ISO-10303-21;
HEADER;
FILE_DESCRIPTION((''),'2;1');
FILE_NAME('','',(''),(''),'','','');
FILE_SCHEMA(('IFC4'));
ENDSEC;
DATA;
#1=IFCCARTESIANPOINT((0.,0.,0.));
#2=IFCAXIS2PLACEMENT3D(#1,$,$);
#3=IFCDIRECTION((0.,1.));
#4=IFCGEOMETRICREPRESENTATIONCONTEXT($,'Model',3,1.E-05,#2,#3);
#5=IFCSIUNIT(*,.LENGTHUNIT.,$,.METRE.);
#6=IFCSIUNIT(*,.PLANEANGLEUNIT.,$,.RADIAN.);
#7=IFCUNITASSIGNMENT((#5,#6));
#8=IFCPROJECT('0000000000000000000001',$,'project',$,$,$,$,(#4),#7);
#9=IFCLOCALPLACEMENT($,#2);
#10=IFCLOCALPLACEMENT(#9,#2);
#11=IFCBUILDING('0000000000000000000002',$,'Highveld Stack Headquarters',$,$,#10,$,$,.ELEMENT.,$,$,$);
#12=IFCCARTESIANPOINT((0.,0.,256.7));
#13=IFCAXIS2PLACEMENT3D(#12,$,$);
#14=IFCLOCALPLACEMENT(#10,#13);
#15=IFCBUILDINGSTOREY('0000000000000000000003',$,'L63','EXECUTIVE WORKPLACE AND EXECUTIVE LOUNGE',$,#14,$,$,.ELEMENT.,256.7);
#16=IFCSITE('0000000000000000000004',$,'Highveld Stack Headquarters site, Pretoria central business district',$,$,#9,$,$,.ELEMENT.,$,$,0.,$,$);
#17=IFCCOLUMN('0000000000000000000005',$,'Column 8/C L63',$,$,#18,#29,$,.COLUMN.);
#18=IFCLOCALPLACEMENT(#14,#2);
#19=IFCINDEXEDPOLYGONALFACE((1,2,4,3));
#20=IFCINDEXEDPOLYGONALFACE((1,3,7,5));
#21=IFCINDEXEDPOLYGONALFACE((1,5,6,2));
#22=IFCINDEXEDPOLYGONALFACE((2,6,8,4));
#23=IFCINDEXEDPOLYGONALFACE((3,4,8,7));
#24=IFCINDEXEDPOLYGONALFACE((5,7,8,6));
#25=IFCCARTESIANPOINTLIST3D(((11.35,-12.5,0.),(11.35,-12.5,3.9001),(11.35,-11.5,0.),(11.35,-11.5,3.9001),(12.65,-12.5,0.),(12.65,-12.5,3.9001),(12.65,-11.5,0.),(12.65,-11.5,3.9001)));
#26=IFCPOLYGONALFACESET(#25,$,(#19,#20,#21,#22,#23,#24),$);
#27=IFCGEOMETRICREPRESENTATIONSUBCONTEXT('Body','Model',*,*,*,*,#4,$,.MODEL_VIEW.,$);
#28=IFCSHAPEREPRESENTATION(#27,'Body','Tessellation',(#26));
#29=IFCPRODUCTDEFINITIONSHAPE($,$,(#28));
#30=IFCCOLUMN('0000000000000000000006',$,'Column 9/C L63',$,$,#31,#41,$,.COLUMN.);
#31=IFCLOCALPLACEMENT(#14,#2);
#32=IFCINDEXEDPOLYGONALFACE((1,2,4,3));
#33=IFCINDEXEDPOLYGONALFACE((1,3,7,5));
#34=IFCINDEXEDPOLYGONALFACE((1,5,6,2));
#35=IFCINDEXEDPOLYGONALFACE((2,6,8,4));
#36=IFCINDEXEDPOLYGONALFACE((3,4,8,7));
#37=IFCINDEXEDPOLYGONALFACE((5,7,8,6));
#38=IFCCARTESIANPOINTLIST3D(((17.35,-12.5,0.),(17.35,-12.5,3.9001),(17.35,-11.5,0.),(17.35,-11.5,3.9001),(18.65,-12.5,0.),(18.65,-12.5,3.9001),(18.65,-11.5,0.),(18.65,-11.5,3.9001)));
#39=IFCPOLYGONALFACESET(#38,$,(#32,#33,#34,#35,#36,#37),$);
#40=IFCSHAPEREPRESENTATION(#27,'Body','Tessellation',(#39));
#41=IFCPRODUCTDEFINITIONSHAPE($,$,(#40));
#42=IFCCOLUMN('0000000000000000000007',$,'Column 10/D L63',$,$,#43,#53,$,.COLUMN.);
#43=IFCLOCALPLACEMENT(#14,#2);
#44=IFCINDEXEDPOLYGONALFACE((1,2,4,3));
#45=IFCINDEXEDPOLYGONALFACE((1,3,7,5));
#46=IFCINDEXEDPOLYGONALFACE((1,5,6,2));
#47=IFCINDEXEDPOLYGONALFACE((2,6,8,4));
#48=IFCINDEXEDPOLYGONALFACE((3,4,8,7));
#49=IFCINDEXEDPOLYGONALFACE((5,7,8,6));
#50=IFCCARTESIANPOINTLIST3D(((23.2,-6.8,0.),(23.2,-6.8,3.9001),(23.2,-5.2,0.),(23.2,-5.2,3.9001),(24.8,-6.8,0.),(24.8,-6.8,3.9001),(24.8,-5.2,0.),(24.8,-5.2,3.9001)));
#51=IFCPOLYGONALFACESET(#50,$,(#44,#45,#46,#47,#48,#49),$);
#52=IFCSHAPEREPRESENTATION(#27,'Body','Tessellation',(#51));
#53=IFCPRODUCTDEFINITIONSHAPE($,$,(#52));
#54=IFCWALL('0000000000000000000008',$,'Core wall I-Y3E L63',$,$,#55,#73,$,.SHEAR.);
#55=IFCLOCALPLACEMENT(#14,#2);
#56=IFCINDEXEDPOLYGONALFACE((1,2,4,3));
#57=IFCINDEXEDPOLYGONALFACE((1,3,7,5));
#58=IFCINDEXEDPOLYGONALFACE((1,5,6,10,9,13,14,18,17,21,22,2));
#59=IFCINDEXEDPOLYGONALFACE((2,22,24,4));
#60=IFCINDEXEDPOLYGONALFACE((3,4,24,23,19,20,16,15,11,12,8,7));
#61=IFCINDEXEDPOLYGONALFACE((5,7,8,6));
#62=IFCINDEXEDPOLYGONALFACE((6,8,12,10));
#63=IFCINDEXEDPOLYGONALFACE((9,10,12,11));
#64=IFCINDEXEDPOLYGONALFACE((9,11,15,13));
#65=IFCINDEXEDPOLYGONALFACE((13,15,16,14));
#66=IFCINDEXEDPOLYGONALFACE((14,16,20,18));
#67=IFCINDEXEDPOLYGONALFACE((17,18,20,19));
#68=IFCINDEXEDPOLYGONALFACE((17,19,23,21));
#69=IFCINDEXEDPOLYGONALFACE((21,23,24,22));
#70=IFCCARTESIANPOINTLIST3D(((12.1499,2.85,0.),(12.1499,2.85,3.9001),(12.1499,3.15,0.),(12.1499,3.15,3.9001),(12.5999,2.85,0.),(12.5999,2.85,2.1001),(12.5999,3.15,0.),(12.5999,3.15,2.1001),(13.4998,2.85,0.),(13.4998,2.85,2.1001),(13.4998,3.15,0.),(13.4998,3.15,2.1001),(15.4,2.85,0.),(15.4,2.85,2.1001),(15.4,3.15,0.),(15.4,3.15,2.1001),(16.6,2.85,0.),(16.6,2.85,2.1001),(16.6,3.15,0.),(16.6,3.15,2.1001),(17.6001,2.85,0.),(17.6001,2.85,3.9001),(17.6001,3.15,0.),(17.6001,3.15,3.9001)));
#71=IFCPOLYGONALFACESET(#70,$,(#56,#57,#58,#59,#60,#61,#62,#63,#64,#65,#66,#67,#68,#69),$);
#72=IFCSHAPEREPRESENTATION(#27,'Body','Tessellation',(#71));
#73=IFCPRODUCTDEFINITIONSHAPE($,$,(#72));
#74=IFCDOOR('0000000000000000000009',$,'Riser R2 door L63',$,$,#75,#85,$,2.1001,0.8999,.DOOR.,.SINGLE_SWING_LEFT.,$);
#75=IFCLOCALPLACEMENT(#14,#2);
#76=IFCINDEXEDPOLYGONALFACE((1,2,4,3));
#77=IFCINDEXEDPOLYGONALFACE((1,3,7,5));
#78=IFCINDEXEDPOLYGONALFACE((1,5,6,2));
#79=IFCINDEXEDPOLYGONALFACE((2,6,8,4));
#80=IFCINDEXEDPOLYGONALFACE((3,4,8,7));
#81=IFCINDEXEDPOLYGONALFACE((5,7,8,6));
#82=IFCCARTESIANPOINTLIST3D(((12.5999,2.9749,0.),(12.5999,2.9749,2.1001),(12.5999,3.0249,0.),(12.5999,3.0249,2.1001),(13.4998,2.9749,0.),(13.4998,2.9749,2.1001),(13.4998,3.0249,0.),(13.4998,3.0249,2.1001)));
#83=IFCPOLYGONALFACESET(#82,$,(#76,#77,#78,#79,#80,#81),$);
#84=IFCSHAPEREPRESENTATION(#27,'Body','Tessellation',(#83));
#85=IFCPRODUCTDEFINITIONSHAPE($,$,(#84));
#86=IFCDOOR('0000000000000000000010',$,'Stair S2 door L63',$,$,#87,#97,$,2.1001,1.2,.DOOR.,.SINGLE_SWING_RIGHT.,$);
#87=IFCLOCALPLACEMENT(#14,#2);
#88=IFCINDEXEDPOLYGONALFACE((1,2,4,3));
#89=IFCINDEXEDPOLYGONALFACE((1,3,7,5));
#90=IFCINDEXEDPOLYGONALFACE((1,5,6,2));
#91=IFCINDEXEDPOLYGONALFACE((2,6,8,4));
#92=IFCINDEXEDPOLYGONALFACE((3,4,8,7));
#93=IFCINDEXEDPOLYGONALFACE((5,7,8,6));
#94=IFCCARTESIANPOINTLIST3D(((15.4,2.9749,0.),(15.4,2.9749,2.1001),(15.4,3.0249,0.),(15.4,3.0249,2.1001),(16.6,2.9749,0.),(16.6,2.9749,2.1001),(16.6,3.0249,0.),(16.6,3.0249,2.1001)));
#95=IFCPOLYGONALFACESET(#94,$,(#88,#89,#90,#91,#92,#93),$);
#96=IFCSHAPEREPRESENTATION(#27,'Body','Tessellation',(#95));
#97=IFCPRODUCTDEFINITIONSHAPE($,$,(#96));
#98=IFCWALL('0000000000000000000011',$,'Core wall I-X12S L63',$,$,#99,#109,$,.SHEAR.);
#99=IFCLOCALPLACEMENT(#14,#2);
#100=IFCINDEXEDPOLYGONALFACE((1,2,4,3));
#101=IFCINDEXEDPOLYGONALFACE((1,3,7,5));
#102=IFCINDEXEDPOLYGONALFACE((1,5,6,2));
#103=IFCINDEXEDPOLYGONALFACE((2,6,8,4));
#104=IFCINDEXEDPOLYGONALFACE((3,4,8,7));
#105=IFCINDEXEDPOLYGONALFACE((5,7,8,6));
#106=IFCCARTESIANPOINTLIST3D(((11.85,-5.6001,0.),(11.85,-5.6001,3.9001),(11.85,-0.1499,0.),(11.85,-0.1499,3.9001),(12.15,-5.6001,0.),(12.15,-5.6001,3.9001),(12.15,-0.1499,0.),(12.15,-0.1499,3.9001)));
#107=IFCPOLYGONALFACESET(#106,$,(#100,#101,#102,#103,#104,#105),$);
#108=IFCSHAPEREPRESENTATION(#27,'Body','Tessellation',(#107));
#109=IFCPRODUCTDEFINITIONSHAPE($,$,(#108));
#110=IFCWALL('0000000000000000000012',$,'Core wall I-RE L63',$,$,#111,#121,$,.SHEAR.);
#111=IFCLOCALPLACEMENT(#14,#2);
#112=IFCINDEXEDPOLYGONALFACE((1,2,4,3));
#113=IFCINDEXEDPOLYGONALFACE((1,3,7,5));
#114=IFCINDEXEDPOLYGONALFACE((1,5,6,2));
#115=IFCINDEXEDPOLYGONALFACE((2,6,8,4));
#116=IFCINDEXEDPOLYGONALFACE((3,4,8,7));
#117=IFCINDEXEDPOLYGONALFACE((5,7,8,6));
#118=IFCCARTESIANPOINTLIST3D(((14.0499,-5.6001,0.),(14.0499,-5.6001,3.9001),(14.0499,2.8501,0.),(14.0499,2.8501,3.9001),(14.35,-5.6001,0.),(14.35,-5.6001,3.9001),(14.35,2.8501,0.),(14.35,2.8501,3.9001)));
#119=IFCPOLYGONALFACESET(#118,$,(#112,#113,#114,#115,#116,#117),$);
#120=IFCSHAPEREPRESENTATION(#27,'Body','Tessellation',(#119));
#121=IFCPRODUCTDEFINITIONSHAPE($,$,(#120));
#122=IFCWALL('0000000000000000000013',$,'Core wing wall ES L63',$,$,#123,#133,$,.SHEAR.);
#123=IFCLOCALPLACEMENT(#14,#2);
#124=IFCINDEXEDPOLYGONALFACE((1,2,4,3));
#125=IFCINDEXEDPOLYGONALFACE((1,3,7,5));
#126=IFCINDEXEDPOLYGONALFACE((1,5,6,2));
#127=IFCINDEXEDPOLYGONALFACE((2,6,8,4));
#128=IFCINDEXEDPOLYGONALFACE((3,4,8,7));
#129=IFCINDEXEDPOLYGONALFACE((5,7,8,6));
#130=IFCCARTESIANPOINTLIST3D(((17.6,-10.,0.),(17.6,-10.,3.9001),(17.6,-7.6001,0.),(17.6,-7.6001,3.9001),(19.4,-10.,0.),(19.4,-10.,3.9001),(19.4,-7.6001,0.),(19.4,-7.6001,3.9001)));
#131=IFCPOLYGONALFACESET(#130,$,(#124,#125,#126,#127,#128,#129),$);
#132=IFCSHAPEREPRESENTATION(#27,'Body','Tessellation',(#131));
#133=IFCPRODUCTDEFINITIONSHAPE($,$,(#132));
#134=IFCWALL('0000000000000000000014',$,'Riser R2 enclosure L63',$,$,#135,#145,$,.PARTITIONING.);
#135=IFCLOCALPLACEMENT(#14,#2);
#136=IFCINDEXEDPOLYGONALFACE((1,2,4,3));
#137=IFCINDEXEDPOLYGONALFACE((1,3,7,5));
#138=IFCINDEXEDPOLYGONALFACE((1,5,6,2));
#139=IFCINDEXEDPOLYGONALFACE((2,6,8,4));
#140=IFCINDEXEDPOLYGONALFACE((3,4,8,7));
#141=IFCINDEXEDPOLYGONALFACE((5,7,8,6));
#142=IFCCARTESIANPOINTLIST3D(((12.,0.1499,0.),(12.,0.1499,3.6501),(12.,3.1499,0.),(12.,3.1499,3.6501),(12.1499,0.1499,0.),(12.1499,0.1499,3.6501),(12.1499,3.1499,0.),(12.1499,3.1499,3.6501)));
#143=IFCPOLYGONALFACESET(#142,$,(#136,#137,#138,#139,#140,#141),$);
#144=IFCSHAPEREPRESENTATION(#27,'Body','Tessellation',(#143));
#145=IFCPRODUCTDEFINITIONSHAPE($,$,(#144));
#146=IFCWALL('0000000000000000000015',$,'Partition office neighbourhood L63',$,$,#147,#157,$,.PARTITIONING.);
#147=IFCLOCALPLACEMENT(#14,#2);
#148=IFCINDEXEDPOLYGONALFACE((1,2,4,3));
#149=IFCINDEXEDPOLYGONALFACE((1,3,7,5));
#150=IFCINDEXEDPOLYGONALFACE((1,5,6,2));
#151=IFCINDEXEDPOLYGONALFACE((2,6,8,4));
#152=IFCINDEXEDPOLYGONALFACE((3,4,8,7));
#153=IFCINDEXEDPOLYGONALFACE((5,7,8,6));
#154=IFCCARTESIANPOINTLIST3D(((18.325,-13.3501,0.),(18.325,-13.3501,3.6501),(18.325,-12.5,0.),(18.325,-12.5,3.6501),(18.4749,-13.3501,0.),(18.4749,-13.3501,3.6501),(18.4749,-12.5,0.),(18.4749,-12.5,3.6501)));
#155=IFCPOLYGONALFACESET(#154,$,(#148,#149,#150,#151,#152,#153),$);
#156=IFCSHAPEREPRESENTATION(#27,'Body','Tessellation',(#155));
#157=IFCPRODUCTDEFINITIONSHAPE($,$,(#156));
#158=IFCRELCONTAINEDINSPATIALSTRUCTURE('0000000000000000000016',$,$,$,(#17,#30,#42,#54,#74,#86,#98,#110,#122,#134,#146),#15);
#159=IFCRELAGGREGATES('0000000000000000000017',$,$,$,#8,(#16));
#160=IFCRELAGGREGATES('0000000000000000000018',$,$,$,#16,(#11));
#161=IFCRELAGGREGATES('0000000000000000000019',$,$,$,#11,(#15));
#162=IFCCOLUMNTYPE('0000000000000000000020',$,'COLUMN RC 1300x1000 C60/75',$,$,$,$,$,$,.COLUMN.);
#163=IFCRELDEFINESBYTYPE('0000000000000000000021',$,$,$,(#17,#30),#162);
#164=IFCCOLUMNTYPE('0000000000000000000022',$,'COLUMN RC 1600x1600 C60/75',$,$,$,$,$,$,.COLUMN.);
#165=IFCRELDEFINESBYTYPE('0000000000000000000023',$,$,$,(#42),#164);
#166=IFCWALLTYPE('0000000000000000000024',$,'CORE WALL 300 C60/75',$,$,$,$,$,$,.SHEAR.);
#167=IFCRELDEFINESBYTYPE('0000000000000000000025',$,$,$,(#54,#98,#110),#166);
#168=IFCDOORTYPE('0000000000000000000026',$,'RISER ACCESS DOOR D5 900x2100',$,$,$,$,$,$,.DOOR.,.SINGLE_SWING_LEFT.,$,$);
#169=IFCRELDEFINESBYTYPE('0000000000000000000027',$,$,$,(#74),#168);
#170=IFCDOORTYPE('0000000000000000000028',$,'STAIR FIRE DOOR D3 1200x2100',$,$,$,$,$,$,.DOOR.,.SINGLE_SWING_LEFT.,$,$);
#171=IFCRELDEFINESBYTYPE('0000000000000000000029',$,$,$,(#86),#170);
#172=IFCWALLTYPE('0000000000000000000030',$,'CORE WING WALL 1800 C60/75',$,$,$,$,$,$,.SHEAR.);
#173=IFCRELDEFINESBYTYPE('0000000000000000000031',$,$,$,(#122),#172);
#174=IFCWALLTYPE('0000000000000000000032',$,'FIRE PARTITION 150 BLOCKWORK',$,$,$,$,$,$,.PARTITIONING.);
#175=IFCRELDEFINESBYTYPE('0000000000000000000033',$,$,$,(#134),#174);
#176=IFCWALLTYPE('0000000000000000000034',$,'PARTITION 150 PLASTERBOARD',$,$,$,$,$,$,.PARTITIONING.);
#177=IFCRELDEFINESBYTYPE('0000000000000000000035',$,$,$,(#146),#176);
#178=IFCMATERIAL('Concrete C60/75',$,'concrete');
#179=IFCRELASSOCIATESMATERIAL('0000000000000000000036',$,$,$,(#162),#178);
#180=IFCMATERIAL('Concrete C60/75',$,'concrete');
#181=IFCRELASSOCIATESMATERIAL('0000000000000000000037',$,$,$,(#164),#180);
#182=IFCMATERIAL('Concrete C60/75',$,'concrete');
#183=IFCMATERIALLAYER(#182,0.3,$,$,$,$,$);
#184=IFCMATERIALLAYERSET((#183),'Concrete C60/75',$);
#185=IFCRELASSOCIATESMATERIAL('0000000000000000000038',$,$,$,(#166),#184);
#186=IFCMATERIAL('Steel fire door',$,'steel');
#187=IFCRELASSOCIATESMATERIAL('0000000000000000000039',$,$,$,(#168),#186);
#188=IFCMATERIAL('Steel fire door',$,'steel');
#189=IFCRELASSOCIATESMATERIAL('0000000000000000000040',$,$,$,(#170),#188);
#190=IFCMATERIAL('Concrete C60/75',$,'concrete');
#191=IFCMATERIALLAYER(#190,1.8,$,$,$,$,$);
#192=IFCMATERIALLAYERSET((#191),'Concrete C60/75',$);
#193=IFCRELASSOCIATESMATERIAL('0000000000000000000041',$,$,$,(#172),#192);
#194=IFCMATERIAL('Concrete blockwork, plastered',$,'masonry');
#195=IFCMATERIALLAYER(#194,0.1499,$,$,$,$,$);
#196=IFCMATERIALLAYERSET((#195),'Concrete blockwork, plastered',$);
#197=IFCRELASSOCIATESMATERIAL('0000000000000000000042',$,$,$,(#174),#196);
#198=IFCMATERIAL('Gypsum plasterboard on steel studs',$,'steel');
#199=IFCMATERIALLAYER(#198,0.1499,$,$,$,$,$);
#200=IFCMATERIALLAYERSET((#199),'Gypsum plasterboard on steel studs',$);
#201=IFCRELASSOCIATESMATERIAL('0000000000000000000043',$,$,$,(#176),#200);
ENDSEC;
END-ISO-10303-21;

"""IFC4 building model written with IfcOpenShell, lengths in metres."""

from ifc_helpers import new_model, si_unit, direction, frame, frame_2d, origin, origin_2d, place, context, subcontext, project, spatial, rectangle, extrude, material, layer, layer_set, material_profile, profile_set, type_object, element, fill, save


model = new_model("IFC4")

# Units and contexts
model_context = context("Model", 3, precision=1e-05, world=origin(), true_north=direction((0.0, 1.0)))
body_context = subcontext(model_context, "Body", "Model", "MODEL_VIEW")
ifc_project = project(units=[si_unit("LENGTHUNIT", "METRE"), si_unit("PLANEANGLEUNIT", "RADIAN")], contexts=[model_context])

# Site, building, storey
site_placement = place(None, origin())
site = spatial("IfcSite", under=ifc_project, at=site_placement, Name="Highveld Stack Headquarters site, Pretoria central business district", CompositionType="ELEMENT", RefElevation=0.0)
building_placement = place(site_placement, origin())
building = spatial("IfcBuilding", under=site, at=building_placement, Name="Highveld Stack Headquarters", CompositionType="ELEMENT")
storey_placement = place(building_placement, frame((0.0, 0.0, 256.7)))
storey = spatial("IfcBuildingStorey", under=building, at=storey_placement, Name="L63", Description="EXECUTIVE WORKPLACE AND EXECUTIVE LOUNGE", CompositionType="ELEMENT", Elevation=256.7)

# Columns
ifc_material_1 = material(Name="Concrete C60/75", Category="concrete")
ifc_material_profile_1 = material_profile(ifc_material_1, rectangle(XDim=1.3, YDim=1.0, at=origin_2d()), Name="RC 1300x1000")
ifc_profile_set_1 = profile_set([ifc_material_profile_1], Name="Concrete C60/75")
column_type_1 = type_object("IfcColumnType", Name="COLUMN RC 1300x1000 C60/75", PredefinedType="COLUMN", material=ifc_profile_set_1)
for number, where, z_axis, x_axis, name in (
    (1, (12.0, -12.0, 0.0), (0.0, 0.0, 1.0), (1.0, 0.0, 0.0), "Column 8/C L63"),
    (2, (18.0, -12.0, 0.0), (0.0, 0.0, 1.0), (1.0, 0.0, 0.0), "Column 9/C L63"),
):
    element("IfcColumn", number, at=place(storey_placement, frame(where, z_axis=z_axis, x_axis=x_axis)), inside=storey, type_object=column_type_1, Name=name, PredefinedType="COLUMN", context=body_context, shape_type="SweptSolid", body=[
        extrude(rectangle(XDim=1.3, YDim=1.0, at=origin_2d()), origin(), (0.0, 0.0, 1.0), 3.9001),
    ])
ifc_material_2 = material(Name="Concrete C60/75", Category="concrete")
ifc_material_profile_2 = material_profile(ifc_material_2, rectangle(XDim=1.6001, YDim=1.6001, at=origin_2d()), Name="RC 1600x1600")
ifc_profile_set_2 = profile_set([ifc_material_profile_2], Name="Concrete C60/75")
column_type_2 = type_object("IfcColumnType", Name="COLUMN RC 1600x1600 C60/75", PredefinedType="COLUMN", material=ifc_profile_set_2)
column_placement = place(storey_placement, frame((24.0, -6.0, 0.0), z_axis=(0.0, 0.0, 1.0), x_axis=(1.0, 0.0, 0.0)))
element("IfcColumn", 3, at=column_placement, inside=storey, type_object=column_type_2, Name="Column 10/D L63", PredefinedType="COLUMN", context=body_context, shape_type="SweptSolid", body=[
    extrude(rectangle(XDim=1.6001, YDim=1.6001, at=origin_2d()), origin(), (0.0, 0.0, 1.0), 3.9001),
])

# Wall, openings, doors
ifc_material_3 = material(Name="Concrete C60/75", Category="concrete")
ifc_layer_1 = layer(ifc_material_3, 0.3)
ifc_layer_set_1 = layer_set([ifc_layer_1], Name="Concrete C60/75")
wall_type_1 = type_object("IfcWallType", Name="CORE WALL 300 C60/75", PredefinedType="SHEAR", material=ifc_layer_set_1)
wall_1_placement = place(storey_placement, frame((12.1499, 3.0, 0.0), z_axis=(0.0, 0.0, 1.0), x_axis=(1.0, 0.0, 0.0)))
wall_1 = element("IfcWall", 4, at=wall_1_placement, inside=storey, type_object=wall_type_1, Name="Core wall I-Y3E L63", PredefinedType="SHEAR", context=body_context, shape_type="SweptSolid", body=[
    extrude(rectangle(XDim=5.4502, YDim=0.3, at=frame_2d((2.7251, 0.0))), origin(), (0.0, 0.0, 1.0), 3.9001),
])
opening_1_placement = place(wall_1_placement, frame((3.25, 0.0, 0.0)))
opening_1 = element("IfcOpeningElement", 5, at=opening_1_placement, cuts=wall_1, PredefinedType="OPENING", context=body_context, shape_type="SweptSolid", body=[
    extrude(rectangle(XDim=1.2, YDim=2.1001, at=frame_2d((0.6001, 1.05))), frame((0.0, 0.1599, 0.0), z_axis=(0.0, -1.0, 0.0), x_axis=(1.0, 0.0, 0.0)), (0.0, 0.0, 1.0), 0.3201),
])
opening_2_placement = place(wall_1_placement, frame((0.45, 0.0, 0.0)))
opening_2 = element("IfcOpeningElement", 6, at=opening_2_placement, cuts=wall_1, PredefinedType="OPENING", context=body_context, shape_type="SweptSolid", body=[
    extrude(rectangle(XDim=0.8999, YDim=2.1001, at=frame_2d((0.45, 1.05))), frame((0.0, 0.1599, 0.0), z_axis=(0.0, -1.0, 0.0), x_axis=(1.0, 0.0, 0.0)), (0.0, 0.0, 1.0), 0.3201),
])
ifc_material_4 = material(Name="Steel fire door", Category="steel")
door_type_1 = type_object("IfcDoorType", Name="RISER ACCESS DOOR D5 900x2100", OperationType="SINGLE_SWING_LEFT", PredefinedType="DOOR", material=ifc_material_4)
door_1_placement = place(opening_2_placement, origin())
door_1 = element("IfcDoor", 7, at=door_1_placement, inside=storey, type_object=door_type_1, Name="Riser R2 door L63", OperationType="SINGLE_SWING_LEFT", OverallHeight=2.1001, OverallWidth=0.8999, PredefinedType="DOOR", context=body_context, shape_type="SweptSolid", body=[
    extrude(rectangle(XDim=0.8999, YDim=2.1001, at=frame_2d((0.45, 1.05))), frame((0.0, 0.0249, 0.0), z_axis=(0.0, -1.0, 0.0), x_axis=(1.0, 0.0, 0.0)), (0.0, 0.0, 1.0), 0.05),
])
fill(opening_2, door_1)
ifc_material_5 = material(Name="Steel fire door", Category="steel")
door_type_2 = type_object("IfcDoorType", Name="STAIR FIRE DOOR D3 1200x2100", OperationType="SINGLE_SWING_LEFT", PredefinedType="DOOR", material=ifc_material_5)
door_2_placement = place(opening_1_placement, origin())
door_2 = element("IfcDoor", 8, at=door_2_placement, inside=storey, type_object=door_type_2, Name="Stair S2 door L63", OperationType="SINGLE_SWING_RIGHT", OverallHeight=2.1001, OverallWidth=1.2, PredefinedType="DOOR", context=body_context, shape_type="SweptSolid", body=[
    extrude(rectangle(XDim=1.2, YDim=2.1001, at=frame_2d((0.6001, 1.05))), frame((0.0, 0.0249, 0.0), z_axis=(0.0, -1.0, 0.0), x_axis=(1.0, 0.0, 0.0)), (0.0, 0.0, 1.0), 0.05),
])
fill(opening_1, door_2)

# Walls
wall_2_placement = place(storey_placement, frame((12.0, -5.6001, 0.0), z_axis=(0.0, 0.0, 1.0), x_axis=(0.0, 1.0, 0.0)))
element("IfcWall", 9, at=wall_2_placement, inside=storey, type_object=wall_type_1, Name="Core wall I-X12S L63", PredefinedType="SHEAR", context=body_context, shape_type="SweptSolid", body=[
    extrude(rectangle(XDim=5.4502, YDim=0.3, at=frame_2d((2.7251, 0.0))), origin(), (0.0, 0.0, 1.0), 3.9001),
])
wall_3_placement = place(storey_placement, frame((14.2, -5.6001, 0.0), z_axis=(0.0, 0.0, 1.0), x_axis=(0.0, 1.0, 0.0)))
element("IfcWall", 10, at=wall_3_placement, inside=storey, type_object=wall_type_1, Name="Core wall I-RE L63", PredefinedType="SHEAR", context=body_context, shape_type="SweptSolid", body=[
    extrude(rectangle(XDim=8.4502, YDim=0.3, at=frame_2d((4.2251, 0.0))), origin(), (0.0, 0.0, 1.0), 3.9001),
])
ifc_material_6 = material(Name="Concrete C60/75", Category="concrete")
ifc_layer_2 = layer(ifc_material_6, 1.8)
ifc_layer_set_2 = layer_set([ifc_layer_2], Name="Concrete C60/75")
wall_type_2 = type_object("IfcWallType", Name="CORE WING WALL 1800 C60/75", PredefinedType="SHEAR", material=ifc_layer_set_2)
wall_4_placement = place(storey_placement, frame((18.5, -10.0, 0.0), z_axis=(0.0, 0.0, 1.0), x_axis=(0.0, 1.0, 0.0)))
element("IfcWall", 11, at=wall_4_placement, inside=storey, type_object=wall_type_2, Name="Core wing wall ES L63", PredefinedType="SHEAR", context=body_context, shape_type="SweptSolid", body=[
    extrude(rectangle(XDim=2.3999, YDim=1.8, at=frame_2d((1.2, 0.0))), origin(), (0.0, 0.0, 1.0), 3.9001),
])
ifc_material_7 = material(Name="Concrete blockwork, plastered", Category="masonry")
ifc_layer_3 = layer(ifc_material_7, 0.1499)
ifc_layer_set_3 = layer_set([ifc_layer_3], Name="Concrete blockwork, plastered")
wall_type_3 = type_object("IfcWallType", Name="FIRE PARTITION 150 BLOCKWORK", PredefinedType="PARTITIONING", material=ifc_layer_set_3)
wall_5_placement = place(storey_placement, frame((12.075, 0.1499, 0.0), z_axis=(0.0, 0.0, 1.0), x_axis=(0.0, 1.0, 0.0)))
element("IfcWall", 12, at=wall_5_placement, inside=storey, type_object=wall_type_3, Name="Riser R2 enclosure L63", PredefinedType="PARTITIONING", context=body_context, shape_type="SweptSolid", body=[
    extrude(rectangle(XDim=3.0, YDim=0.1499, at=frame_2d((1.5, 0.0))), origin(), (0.0, 0.0, 1.0), 3.6501),
])
ifc_material_8 = material(Name="Gypsum plasterboard on steel studs", Category="steel")
ifc_layer_4 = layer(ifc_material_8, 0.1499)
ifc_layer_set_4 = layer_set([ifc_layer_4], Name="Gypsum plasterboard on steel studs")
wall_type_4 = type_object("IfcWallType", Name="PARTITION 150 PLASTERBOARD", PredefinedType="PARTITIONING", material=ifc_layer_set_4)
wall_6_placement = place(storey_placement, frame((18.3999, -13.3501, 0.0), z_axis=(0.0, 0.0, 1.0), x_axis=(0.0, 1.0, 0.0)))
element("IfcWall", 13, at=wall_6_placement, inside=storey, type_object=wall_type_4, Name="Partition office neighbourhood L63", PredefinedType="PARTITIONING", context=body_context, shape_type="SweptSolid", body=[
    extrude(rectangle(XDim=0.8501, YDim=0.1499, at=frame_2d((0.425, 0.0))), origin(), (0.0, 0.0, 1.0), 3.6501),
])

save(model, "model.ifc")
